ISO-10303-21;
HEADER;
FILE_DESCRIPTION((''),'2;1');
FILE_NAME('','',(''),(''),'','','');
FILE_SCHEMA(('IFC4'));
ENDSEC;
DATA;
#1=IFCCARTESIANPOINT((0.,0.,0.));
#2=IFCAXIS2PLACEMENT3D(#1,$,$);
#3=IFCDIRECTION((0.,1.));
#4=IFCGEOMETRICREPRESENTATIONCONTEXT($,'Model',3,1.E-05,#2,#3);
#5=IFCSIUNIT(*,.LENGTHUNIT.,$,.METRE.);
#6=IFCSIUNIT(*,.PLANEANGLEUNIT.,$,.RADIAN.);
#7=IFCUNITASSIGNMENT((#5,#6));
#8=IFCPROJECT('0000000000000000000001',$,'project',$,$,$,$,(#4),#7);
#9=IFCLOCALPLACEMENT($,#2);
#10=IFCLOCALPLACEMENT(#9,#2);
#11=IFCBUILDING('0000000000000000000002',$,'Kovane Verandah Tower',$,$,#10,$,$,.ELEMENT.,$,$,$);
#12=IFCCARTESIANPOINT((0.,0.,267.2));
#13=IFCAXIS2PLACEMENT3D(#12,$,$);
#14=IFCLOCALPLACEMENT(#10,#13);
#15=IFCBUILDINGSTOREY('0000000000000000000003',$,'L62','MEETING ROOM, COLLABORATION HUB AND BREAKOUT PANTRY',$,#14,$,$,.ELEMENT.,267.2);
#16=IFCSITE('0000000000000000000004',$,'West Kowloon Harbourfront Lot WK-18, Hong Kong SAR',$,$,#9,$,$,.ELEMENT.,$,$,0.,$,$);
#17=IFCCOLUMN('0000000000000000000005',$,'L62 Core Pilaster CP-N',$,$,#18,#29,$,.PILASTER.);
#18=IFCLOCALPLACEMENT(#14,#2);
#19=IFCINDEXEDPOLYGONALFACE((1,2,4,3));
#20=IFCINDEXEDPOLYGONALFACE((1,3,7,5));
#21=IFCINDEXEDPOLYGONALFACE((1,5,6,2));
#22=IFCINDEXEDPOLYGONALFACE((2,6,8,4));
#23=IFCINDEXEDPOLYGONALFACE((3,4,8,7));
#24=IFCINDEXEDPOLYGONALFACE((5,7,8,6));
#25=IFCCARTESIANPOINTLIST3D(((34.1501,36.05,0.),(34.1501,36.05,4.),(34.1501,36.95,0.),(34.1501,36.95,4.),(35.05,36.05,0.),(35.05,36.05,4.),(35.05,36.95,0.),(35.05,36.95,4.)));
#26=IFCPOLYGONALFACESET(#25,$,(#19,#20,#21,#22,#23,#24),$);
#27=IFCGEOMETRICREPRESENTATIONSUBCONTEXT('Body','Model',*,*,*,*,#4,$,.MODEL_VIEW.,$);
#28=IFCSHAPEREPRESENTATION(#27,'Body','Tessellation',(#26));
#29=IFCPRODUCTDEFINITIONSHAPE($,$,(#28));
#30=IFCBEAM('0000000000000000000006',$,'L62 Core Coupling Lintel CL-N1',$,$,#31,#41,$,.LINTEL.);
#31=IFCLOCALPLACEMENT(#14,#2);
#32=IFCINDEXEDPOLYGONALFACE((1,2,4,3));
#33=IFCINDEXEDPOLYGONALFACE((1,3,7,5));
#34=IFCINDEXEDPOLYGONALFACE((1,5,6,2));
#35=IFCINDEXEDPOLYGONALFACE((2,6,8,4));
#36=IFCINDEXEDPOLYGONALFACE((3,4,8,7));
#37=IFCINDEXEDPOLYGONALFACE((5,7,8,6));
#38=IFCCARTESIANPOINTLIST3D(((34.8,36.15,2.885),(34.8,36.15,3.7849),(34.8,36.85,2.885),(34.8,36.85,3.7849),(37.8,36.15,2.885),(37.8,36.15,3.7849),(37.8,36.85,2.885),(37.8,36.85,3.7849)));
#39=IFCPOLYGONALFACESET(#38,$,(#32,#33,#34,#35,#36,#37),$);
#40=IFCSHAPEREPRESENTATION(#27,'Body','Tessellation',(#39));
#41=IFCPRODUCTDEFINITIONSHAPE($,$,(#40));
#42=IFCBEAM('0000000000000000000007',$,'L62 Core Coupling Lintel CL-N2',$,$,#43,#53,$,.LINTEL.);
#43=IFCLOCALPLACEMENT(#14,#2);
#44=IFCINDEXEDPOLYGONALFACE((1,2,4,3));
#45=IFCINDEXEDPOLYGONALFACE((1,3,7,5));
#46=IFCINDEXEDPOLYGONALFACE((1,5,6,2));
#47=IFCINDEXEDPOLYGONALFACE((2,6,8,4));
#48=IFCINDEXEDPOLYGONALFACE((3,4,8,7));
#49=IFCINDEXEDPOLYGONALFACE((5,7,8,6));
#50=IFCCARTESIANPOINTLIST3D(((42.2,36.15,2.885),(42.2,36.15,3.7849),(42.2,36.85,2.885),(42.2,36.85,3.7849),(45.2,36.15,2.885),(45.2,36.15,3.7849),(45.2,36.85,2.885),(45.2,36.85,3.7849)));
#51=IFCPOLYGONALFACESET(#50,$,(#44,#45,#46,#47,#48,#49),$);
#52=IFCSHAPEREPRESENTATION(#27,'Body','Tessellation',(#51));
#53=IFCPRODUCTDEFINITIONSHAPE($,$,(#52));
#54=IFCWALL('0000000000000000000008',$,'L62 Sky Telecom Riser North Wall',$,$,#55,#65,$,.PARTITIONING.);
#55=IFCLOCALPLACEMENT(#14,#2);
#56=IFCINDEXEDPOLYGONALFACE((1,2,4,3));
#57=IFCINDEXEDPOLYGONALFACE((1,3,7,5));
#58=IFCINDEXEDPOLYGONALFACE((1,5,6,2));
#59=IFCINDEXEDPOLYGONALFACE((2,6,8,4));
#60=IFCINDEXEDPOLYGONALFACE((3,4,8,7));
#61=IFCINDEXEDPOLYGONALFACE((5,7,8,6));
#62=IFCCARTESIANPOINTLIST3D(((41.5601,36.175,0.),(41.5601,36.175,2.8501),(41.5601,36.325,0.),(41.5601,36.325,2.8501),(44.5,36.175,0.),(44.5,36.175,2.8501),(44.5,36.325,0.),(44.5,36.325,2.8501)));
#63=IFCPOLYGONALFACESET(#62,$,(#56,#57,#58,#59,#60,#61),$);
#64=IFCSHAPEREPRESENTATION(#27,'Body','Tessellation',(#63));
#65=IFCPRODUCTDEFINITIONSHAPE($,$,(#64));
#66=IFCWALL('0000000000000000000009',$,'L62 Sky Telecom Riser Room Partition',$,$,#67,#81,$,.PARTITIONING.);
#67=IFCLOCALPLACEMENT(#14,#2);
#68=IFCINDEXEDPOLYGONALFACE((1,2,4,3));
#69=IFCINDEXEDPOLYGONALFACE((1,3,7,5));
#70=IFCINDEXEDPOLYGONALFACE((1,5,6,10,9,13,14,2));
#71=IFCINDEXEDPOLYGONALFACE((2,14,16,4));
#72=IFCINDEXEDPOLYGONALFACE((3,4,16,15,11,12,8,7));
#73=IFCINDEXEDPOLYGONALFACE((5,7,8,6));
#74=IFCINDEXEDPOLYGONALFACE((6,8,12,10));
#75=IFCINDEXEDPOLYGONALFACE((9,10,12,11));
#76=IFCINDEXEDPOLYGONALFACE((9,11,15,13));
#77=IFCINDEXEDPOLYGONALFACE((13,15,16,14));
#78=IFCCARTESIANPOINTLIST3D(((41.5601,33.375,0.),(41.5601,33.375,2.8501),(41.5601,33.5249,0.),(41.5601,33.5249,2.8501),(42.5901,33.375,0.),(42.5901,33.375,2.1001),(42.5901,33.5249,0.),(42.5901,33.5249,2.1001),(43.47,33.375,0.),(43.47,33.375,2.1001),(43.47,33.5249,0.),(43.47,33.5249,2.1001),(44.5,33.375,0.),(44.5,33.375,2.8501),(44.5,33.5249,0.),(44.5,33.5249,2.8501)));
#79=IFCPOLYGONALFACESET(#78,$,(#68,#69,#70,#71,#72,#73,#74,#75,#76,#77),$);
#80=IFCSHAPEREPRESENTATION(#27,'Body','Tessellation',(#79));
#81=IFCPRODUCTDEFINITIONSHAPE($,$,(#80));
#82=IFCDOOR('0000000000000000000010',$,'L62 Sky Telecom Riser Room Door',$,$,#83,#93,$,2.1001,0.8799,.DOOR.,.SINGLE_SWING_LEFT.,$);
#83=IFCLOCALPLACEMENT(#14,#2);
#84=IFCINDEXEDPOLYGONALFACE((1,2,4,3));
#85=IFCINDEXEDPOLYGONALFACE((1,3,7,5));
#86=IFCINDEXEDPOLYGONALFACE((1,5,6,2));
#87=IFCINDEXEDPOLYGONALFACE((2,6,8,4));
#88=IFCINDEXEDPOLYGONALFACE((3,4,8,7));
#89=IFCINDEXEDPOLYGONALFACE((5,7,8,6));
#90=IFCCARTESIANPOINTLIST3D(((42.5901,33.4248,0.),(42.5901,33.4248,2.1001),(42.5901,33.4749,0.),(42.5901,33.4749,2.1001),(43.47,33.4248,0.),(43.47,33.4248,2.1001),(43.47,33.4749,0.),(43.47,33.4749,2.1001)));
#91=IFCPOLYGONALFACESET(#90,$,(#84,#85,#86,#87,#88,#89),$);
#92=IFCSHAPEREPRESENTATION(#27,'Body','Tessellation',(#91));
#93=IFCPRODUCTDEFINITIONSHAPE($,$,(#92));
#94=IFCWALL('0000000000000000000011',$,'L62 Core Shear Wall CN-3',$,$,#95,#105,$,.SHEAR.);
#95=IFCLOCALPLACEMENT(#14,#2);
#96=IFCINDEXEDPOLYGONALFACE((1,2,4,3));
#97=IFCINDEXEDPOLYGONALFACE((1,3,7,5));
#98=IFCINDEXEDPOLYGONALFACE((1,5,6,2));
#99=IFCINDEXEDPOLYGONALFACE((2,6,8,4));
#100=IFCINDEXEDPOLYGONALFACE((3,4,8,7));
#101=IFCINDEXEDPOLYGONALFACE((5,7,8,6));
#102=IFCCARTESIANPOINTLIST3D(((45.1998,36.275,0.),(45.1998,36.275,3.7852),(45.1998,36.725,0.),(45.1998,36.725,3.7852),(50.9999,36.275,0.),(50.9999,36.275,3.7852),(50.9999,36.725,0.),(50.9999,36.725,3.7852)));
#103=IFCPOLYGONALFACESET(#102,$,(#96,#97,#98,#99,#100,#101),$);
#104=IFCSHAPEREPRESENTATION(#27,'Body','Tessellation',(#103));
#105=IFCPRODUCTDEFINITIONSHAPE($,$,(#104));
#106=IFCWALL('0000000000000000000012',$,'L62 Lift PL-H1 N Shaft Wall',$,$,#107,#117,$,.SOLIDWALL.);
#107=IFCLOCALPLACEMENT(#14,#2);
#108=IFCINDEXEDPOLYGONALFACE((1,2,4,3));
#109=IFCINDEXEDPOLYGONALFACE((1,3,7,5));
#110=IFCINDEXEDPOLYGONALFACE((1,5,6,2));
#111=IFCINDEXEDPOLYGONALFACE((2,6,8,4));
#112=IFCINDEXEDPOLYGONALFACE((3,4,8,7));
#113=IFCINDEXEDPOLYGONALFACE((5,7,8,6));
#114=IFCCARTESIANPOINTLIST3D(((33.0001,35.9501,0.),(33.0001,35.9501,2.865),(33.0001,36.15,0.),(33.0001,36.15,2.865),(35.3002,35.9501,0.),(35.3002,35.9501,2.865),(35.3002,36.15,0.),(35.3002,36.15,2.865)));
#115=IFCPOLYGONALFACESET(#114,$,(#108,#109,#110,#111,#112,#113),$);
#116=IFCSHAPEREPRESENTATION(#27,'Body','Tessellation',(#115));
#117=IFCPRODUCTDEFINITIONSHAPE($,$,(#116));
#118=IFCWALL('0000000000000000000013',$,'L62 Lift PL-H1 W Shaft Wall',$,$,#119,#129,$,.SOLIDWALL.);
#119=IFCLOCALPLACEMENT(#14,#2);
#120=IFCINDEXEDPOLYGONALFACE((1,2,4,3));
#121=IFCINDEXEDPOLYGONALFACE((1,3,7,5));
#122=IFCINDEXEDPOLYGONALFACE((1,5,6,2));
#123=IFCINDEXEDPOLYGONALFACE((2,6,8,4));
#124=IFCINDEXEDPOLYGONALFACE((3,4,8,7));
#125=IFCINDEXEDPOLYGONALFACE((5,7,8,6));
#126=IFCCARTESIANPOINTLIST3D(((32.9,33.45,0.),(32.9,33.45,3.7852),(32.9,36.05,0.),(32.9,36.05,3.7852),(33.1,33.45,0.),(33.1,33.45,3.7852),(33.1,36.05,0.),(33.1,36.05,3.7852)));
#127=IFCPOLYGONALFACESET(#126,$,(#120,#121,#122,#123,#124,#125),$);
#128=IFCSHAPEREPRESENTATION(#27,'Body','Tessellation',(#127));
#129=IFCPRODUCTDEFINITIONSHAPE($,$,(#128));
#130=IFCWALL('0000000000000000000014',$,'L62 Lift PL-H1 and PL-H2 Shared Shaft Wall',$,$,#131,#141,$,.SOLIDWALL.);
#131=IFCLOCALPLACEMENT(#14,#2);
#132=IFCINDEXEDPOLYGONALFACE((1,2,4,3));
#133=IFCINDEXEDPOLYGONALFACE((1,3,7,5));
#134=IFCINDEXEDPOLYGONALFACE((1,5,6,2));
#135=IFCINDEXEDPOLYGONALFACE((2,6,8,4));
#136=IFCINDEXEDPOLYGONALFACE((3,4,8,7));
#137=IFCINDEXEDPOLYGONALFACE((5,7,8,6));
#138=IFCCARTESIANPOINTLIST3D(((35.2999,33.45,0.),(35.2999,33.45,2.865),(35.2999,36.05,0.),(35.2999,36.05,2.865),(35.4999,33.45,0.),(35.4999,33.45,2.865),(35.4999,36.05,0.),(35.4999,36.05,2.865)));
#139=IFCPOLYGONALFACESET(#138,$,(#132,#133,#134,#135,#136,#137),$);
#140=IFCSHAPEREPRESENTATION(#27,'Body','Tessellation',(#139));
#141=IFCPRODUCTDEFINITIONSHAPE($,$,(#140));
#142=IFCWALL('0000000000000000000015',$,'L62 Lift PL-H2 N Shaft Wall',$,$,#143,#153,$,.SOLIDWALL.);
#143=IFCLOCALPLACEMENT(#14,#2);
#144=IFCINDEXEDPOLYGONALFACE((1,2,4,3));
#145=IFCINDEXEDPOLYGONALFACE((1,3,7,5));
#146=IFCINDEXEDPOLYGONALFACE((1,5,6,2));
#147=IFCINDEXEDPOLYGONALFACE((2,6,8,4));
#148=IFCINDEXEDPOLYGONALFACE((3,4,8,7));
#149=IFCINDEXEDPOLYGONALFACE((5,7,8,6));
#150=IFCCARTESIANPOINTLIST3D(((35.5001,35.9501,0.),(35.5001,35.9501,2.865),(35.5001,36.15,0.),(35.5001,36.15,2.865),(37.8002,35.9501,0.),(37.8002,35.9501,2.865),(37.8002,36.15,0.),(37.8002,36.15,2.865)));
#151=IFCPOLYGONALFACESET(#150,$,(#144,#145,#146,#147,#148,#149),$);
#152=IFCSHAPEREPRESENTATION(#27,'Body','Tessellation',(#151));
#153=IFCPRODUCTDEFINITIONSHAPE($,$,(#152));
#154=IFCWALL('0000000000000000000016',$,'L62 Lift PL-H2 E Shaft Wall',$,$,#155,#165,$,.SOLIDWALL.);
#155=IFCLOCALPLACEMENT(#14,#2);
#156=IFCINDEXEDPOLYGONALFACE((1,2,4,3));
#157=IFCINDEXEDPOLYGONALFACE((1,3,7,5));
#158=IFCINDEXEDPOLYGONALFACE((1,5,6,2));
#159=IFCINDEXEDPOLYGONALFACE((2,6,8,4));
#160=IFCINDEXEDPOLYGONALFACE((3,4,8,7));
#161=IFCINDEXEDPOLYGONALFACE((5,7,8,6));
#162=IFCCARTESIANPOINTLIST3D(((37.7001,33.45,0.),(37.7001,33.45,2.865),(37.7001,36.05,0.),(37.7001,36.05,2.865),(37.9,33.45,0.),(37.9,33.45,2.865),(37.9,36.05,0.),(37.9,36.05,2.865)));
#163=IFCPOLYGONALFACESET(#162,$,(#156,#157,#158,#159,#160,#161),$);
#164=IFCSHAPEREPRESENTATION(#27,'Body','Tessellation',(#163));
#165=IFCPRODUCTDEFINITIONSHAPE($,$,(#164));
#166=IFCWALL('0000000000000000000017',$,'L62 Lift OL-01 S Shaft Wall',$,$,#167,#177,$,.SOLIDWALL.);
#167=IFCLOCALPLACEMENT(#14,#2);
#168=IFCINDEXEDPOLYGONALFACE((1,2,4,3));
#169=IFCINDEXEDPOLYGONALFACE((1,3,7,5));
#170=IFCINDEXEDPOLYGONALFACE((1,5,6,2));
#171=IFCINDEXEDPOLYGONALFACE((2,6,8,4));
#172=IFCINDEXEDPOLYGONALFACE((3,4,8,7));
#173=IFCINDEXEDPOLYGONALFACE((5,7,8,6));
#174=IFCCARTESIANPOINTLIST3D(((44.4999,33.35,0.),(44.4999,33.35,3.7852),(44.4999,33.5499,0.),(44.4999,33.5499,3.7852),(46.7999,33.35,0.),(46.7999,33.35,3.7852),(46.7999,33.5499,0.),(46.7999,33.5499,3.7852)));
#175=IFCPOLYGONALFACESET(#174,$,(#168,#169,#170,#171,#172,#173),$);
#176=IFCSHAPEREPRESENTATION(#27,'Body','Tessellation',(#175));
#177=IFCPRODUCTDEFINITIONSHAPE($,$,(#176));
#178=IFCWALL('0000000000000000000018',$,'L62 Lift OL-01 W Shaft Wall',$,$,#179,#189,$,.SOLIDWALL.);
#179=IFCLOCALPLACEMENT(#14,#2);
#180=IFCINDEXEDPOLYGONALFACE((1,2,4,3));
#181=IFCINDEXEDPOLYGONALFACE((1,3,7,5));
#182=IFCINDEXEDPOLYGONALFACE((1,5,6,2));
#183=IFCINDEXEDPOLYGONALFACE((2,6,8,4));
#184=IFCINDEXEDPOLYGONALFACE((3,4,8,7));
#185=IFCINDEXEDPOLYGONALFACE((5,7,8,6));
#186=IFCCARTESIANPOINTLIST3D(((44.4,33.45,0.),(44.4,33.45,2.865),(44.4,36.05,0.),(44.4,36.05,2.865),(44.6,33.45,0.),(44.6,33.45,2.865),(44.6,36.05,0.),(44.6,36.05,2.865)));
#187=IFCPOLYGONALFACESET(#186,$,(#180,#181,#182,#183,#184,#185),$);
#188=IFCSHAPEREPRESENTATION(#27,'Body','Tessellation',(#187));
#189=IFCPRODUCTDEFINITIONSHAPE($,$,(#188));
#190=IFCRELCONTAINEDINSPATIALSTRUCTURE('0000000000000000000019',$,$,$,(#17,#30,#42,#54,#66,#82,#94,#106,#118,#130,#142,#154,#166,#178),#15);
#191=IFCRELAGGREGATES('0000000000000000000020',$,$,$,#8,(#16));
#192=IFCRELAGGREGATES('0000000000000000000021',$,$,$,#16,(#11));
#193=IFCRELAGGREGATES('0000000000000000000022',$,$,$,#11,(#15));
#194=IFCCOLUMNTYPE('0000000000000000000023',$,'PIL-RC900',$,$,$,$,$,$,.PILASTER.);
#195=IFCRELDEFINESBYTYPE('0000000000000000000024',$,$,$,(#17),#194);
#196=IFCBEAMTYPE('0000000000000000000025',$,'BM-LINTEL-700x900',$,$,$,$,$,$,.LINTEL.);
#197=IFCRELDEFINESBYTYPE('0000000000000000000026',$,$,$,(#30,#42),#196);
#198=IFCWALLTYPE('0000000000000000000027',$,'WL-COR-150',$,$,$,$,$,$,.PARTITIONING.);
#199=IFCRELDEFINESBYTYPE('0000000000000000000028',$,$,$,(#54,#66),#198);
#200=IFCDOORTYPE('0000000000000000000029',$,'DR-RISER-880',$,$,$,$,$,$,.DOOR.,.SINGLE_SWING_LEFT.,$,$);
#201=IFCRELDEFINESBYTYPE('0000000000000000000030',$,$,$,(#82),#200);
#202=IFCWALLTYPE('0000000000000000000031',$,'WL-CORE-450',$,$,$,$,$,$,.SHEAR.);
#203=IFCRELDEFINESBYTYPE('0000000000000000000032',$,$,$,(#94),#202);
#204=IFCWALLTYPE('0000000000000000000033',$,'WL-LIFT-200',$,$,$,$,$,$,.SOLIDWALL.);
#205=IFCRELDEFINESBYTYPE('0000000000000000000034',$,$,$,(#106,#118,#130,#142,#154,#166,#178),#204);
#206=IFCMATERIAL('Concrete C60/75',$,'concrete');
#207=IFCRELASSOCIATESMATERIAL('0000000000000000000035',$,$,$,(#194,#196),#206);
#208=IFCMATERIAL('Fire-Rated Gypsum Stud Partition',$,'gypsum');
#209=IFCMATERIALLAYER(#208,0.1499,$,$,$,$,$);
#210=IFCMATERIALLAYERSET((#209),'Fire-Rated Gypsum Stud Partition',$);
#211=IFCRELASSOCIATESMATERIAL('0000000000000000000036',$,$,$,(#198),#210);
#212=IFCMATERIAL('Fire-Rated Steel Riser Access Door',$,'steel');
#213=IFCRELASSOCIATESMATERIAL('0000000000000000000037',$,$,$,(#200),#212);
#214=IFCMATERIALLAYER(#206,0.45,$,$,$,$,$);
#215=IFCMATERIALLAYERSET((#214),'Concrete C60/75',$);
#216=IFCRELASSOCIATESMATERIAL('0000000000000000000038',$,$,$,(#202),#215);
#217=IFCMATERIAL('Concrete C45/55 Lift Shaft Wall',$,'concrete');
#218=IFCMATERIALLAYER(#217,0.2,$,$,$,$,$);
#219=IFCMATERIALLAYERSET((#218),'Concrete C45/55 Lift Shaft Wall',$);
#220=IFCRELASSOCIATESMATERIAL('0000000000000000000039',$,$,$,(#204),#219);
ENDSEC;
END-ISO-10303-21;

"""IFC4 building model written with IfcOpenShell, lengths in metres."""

from ifc_helpers import new_model, si_unit, direction, frame, frame_2d, origin, origin_2d, place, context, subcontext, project, spatial, rectangle, extrude, material, layer, layer_set, material_profile, profile_set, type_object, element, fill, save


model = new_model("IFC4")

# Units and contexts
model_context = context("Model", 3, precision=1e-05, world=origin(), true_north=direction((0.0, 1.0)))
body_context = subcontext(model_context, "Body", "Model", "MODEL_VIEW")
ifc_project = project(units=[si_unit("LENGTHUNIT", "METRE"), si_unit("PLANEANGLEUNIT", "RADIAN")], contexts=[model_context])

# Site, building, storey
site_placement = place(None, origin())
site = spatial("IfcSite", under=ifc_project, at=site_placement, Name="West Kowloon Harbourfront Lot WK-18, Hong Kong SAR", CompositionType="ELEMENT", RefElevation=0.0)
building_placement = place(site_placement, origin())
building = spatial("IfcBuilding", under=site, at=building_placement, Name="Kovane Verandah Tower", CompositionType="ELEMENT")
storey_placement = place(building_placement, frame((0.0, 0.0, 267.2)))
storey = spatial("IfcBuildingStorey", under=building, at=storey_placement, Name="L62", Description="MEETING ROOM, COLLABORATION HUB AND BREAKOUT PANTRY", CompositionType="ELEMENT", Elevation=267.2)

# Column
ifc_material_1 = material(Name="Concrete C60/75", Category="concrete")
ifc_material_profile_1 = material_profile(ifc_material_1, rectangle(XDim=0.8999, YDim=0.8999, at=origin_2d()), Name="RC900x900")
ifc_profile_set_1 = profile_set([ifc_material_profile_1], Name="Concrete C60/75")
column_type = type_object("IfcColumnType", Name="PIL-RC900", PredefinedType="PILASTER", material=ifc_profile_set_1)
column_placement = place(storey_placement, frame((34.6001, 36.5, 0.0), z_axis=(0.0, 0.0, 1.0), x_axis=(1.0, 0.0, 0.0)))
element("IfcColumn", 1, at=column_placement, inside=storey, type_object=column_type, Name="L62 Core Pilaster CP-N", PredefinedType="PILASTER", context=body_context, shape_type="SweptSolid", body=[
    extrude(rectangle(XDim=0.8999, YDim=0.8999, at=origin_2d()), origin(), (0.0, 0.0, 1.0), 4.0),
])

# Beams
ifc_material_profile_2 = material_profile(ifc_material_1, rectangle(XDim=0.7, YDim=0.8999, at=origin_2d()), Name="RCB700x900")
ifc_profile_set_2 = profile_set([ifc_material_profile_2], Name="Concrete C60/75")
beam_type = type_object("IfcBeamType", Name="BM-LINTEL-700x900", PredefinedType="LINTEL", material=ifc_profile_set_2)
for number, where, z_axis, x_axis, name in (
    (2, (34.8, 36.5, 3.335), (1.0, 0.0, 0.0), (0.0, 1.0, 0.0), "L62 Core Coupling Lintel CL-N1"),
    (3, (42.2, 36.5, 3.335), (1.0, 0.0, 0.0), (0.0, 1.0, 0.0), "L62 Core Coupling Lintel CL-N2"),
):
    element("IfcBeam", number, at=place(storey_placement, frame(where, z_axis=z_axis, x_axis=x_axis)), inside=storey, type_object=beam_type, Name=name, PredefinedType="LINTEL", context=body_context, shape_type="SweptSolid", body=[
        extrude(rectangle(XDim=0.7, YDim=0.8999, at=origin_2d()), origin(), (0.0, 0.0, 1.0), 3.0),
    ])

# Wall
ifc_material_2 = material(Name="Fire-Rated Gypsum Stud Partition", Category="gypsum")
ifc_layer_1 = layer(ifc_material_2, 0.1499)
ifc_layer_set_1 = layer_set([ifc_layer_1], Name="Fire-Rated Gypsum Stud Partition")
wall_type_1 = type_object("IfcWallType", Name="WL-COR-150", PredefinedType="PARTITIONING", material=ifc_layer_set_1)
wall_1_placement = place(storey_placement, frame((41.5601, 36.25, 0.0), z_axis=(0.0, 0.0, 1.0), x_axis=(1.0, 0.0, 0.0)))
element("IfcWall", 4, at=wall_1_placement, inside=storey, type_object=wall_type_1, Name="L62 Sky Telecom Riser North Wall", PredefinedType="PARTITIONING", context=body_context, shape_type="SweptSolid", body=[
    extrude(rectangle(XDim=2.9399, YDim=0.1499, at=frame_2d((1.47, 0.0))), origin(), (0.0, 0.0, 1.0), 2.8501),
])

# Wall, opening, door
wall_2_placement = place(storey_placement, frame((41.5601, 33.45, 0.0), z_axis=(0.0, 0.0, 1.0), x_axis=(1.0, 0.0, 0.0)))
wall_2 = element("IfcWall", 5, at=wall_2_placement, inside=storey, type_object=wall_type_1, Name="L62 Sky Telecom Riser Room Partition", PredefinedType="PARTITIONING", context=body_context, shape_type="SweptSolid", body=[
    extrude(rectangle(XDim=2.9399, YDim=0.1499, at=frame_2d((1.47, 0.0))), origin(), (0.0, 0.0, 1.0), 2.8501),
])
opening_1_placement = place(wall_2_placement, frame((1.03, 0.0, 0.0)))
opening_1 = element("IfcOpeningElement", 6, at=opening_1_placement, cuts=wall_2, PredefinedType="OPENING", context=body_context, shape_type="SweptSolid", body=[
    extrude(rectangle(XDim=0.8799, YDim=2.1001, at=frame_2d((0.4399, 1.05))), frame((0.0, 0.075, 0.0), z_axis=(0.0, -1.0, 0.0), x_axis=(1.0, 0.0, 0.0)), (0.0, 0.0, 1.0), 0.1499),
])
ifc_material_3 = material(Name="Fire-Rated Steel Riser Access Door", Category="steel")
door_type_1 = type_object("IfcDoorType", Name="DR-RISER-880", OperationType="SINGLE_SWING_LEFT", PredefinedType="DOOR", material=ifc_material_3)
door_1_placement = place(opening_1_placement, origin())
door_1 = element("IfcDoor", 7, at=door_1_placement, inside=storey, type_object=door_type_1, Name="L62 Sky Telecom Riser Room Door", OperationType="SINGLE_SWING_LEFT", OverallHeight=2.1001, OverallWidth=0.8799, PredefinedType="DOOR", context=body_context, shape_type="SweptSolid", body=[
    extrude(rectangle(XDim=0.8799, YDim=2.1001, at=frame_2d((0.4399, 1.05))), frame((0.0, 0.0249, 0.0), z_axis=(0.0, -1.0, 0.0), x_axis=(1.0, 0.0, 0.0)), (0.0, 0.0, 1.0), 0.05),
])
fill(opening_1, door_1)
ifc_layer_2 = layer(ifc_material_1, 0.45)
ifc_layer_set_2 = layer_set([ifc_layer_2], Name="Concrete C60/75")
wall_type_2 = type_object("IfcWallType", Name="WL-CORE-450", PredefinedType="SHEAR", material=ifc_layer_set_2)

# Wall
wall_3_placement = place(storey_placement, frame((45.2, 36.5, 0.0), z_axis=(0.0, 0.0, 1.0), x_axis=(1.0, 0.0, 0.0)))
element("IfcWall", 8, at=wall_3_placement, inside=storey, type_object=wall_type_2, Name="L62 Core Shear Wall CN-3", PredefinedType="SHEAR", context=body_context, shape_type="SweptSolid", body=[
    extrude(rectangle(XDim=5.8, YDim=0.45, at=frame_2d((2.8999, 0.0))), origin(), (0.0, 0.0, 1.0), 3.7852),
])

# Shared definitions
ifc_material_4 = material(Name="Concrete C45/55 Lift Shaft Wall", Category="concrete")
ifc_layer_3 = layer(ifc_material_4, 0.2)
ifc_layer_set_3 = layer_set([ifc_layer_3], Name="Concrete C45/55 Lift Shaft Wall")
wall_type_3 = type_object("IfcWallType", Name="WL-LIFT-200", PredefinedType="SOLIDWALL", material=ifc_layer_set_3)

# Walls
wall_4_placement = place(storey_placement, frame((35.3, 36.05, 0.0), z_axis=(0.0, 0.0, 1.0), x_axis=(-1.0, 0.0, 0.0)))
element("IfcWall", 9, at=wall_4_placement, inside=storey, type_object=wall_type_3, Name="L62 Lift PL-H1 N Shaft Wall", PredefinedType="SOLIDWALL", context=body_context, shape_type="SweptSolid", body=[
    extrude(rectangle(XDim=2.3, YDim=0.2, at=frame_2d((1.1499, 0.0))), origin(), (0.0, 0.0, 1.0), 2.865),
])
wall_5_placement = place(storey_placement, frame((33.0, 36.05, 0.0), z_axis=(0.0, 0.0, 1.0), x_axis=(0.0, -1.0, 0.0)))
element("IfcWall", 10, at=wall_5_placement, inside=storey, type_object=wall_type_3, Name="L62 Lift PL-H1 W Shaft Wall", PredefinedType="SOLIDWALL", context=body_context, shape_type="SweptSolid", body=[
    extrude(rectangle(XDim=2.6001, YDim=0.2, at=frame_2d((1.3, 0.0))), origin(), (0.0, 0.0, 1.0), 3.7852),
])
wall_6_placement = place(storey_placement, frame((35.3999, 33.45, 0.0), z_axis=(0.0, 0.0, 1.0), x_axis=(0.0, 1.0, 0.0)))
element("IfcWall", 11, at=wall_6_placement, inside=storey, type_object=wall_type_3, Name="L62 Lift PL-H1 and PL-H2 Shared Shaft Wall", PredefinedType="SOLIDWALL", context=body_context, shape_type="SweptSolid", body=[
    extrude(rectangle(XDim=2.6001, YDim=0.2, at=frame_2d((1.3, 0.0))), origin(), (0.0, 0.0, 1.0), 2.865),
])

# Walls
wall_7_placement = place(storey_placement, frame((37.8, 36.05, 0.0), z_axis=(0.0, 0.0, 1.0), x_axis=(-1.0, 0.0, 0.0)))
element("IfcWall", 12, at=wall_7_placement, inside=storey, type_object=wall_type_3, Name="L62 Lift PL-H2 N Shaft Wall", PredefinedType="SOLIDWALL", context=body_context, shape_type="SweptSolid", body=[
    extrude(rectangle(XDim=2.3, YDim=0.2, at=frame_2d((1.1499, 0.0))), origin(), (0.0, 0.0, 1.0), 2.865),
])
wall_8_placement = place(storey_placement, frame((37.8, 33.45, 0.0), z_axis=(0.0, 0.0, 1.0), x_axis=(0.0, 1.0, 0.0)))
element("IfcWall", 13, at=wall_8_placement, inside=storey, type_object=wall_type_3, Name="L62 Lift PL-H2 E Shaft Wall", PredefinedType="SOLIDWALL", context=body_context, shape_type="SweptSolid", body=[
    extrude(rectangle(XDim=2.6001, YDim=0.2, at=frame_2d((1.3, 0.0))), origin(), (0.0, 0.0, 1.0), 2.865),
])
wall_9_placement = place(storey_placement, frame((44.5, 33.45, 0.0), z_axis=(0.0, 0.0, 1.0), x_axis=(1.0, 0.0, 0.0)))
element("IfcWall", 14, at=wall_9_placement, inside=storey, type_object=wall_type_3, Name="L62 Lift OL-01 S Shaft Wall", PredefinedType="SOLIDWALL", context=body_context, shape_type="SweptSolid", body=[
    extrude(rectangle(XDim=2.3, YDim=0.2, at=frame_2d((1.1499, 0.0))), origin(), (0.0, 0.0, 1.0), 3.7852),
])
wall_10_placement = place(storey_placement, frame((44.5, 36.05, 0.0), z_axis=(0.0, 0.0, 1.0), x_axis=(0.0, -1.0, 0.0)))
element("IfcWall", 15, at=wall_10_placement, inside=storey, type_object=wall_type_3, Name="L62 Lift OL-01 W Shaft Wall", PredefinedType="SOLIDWALL", context=body_context, shape_type="SweptSolid", body=[
    extrude(rectangle(XDim=2.6001, YDim=0.2, at=frame_2d((1.3, 0.0))), origin(), (0.0, 0.0, 1.0), 2.865),
])

save(model, "model.ifc")
